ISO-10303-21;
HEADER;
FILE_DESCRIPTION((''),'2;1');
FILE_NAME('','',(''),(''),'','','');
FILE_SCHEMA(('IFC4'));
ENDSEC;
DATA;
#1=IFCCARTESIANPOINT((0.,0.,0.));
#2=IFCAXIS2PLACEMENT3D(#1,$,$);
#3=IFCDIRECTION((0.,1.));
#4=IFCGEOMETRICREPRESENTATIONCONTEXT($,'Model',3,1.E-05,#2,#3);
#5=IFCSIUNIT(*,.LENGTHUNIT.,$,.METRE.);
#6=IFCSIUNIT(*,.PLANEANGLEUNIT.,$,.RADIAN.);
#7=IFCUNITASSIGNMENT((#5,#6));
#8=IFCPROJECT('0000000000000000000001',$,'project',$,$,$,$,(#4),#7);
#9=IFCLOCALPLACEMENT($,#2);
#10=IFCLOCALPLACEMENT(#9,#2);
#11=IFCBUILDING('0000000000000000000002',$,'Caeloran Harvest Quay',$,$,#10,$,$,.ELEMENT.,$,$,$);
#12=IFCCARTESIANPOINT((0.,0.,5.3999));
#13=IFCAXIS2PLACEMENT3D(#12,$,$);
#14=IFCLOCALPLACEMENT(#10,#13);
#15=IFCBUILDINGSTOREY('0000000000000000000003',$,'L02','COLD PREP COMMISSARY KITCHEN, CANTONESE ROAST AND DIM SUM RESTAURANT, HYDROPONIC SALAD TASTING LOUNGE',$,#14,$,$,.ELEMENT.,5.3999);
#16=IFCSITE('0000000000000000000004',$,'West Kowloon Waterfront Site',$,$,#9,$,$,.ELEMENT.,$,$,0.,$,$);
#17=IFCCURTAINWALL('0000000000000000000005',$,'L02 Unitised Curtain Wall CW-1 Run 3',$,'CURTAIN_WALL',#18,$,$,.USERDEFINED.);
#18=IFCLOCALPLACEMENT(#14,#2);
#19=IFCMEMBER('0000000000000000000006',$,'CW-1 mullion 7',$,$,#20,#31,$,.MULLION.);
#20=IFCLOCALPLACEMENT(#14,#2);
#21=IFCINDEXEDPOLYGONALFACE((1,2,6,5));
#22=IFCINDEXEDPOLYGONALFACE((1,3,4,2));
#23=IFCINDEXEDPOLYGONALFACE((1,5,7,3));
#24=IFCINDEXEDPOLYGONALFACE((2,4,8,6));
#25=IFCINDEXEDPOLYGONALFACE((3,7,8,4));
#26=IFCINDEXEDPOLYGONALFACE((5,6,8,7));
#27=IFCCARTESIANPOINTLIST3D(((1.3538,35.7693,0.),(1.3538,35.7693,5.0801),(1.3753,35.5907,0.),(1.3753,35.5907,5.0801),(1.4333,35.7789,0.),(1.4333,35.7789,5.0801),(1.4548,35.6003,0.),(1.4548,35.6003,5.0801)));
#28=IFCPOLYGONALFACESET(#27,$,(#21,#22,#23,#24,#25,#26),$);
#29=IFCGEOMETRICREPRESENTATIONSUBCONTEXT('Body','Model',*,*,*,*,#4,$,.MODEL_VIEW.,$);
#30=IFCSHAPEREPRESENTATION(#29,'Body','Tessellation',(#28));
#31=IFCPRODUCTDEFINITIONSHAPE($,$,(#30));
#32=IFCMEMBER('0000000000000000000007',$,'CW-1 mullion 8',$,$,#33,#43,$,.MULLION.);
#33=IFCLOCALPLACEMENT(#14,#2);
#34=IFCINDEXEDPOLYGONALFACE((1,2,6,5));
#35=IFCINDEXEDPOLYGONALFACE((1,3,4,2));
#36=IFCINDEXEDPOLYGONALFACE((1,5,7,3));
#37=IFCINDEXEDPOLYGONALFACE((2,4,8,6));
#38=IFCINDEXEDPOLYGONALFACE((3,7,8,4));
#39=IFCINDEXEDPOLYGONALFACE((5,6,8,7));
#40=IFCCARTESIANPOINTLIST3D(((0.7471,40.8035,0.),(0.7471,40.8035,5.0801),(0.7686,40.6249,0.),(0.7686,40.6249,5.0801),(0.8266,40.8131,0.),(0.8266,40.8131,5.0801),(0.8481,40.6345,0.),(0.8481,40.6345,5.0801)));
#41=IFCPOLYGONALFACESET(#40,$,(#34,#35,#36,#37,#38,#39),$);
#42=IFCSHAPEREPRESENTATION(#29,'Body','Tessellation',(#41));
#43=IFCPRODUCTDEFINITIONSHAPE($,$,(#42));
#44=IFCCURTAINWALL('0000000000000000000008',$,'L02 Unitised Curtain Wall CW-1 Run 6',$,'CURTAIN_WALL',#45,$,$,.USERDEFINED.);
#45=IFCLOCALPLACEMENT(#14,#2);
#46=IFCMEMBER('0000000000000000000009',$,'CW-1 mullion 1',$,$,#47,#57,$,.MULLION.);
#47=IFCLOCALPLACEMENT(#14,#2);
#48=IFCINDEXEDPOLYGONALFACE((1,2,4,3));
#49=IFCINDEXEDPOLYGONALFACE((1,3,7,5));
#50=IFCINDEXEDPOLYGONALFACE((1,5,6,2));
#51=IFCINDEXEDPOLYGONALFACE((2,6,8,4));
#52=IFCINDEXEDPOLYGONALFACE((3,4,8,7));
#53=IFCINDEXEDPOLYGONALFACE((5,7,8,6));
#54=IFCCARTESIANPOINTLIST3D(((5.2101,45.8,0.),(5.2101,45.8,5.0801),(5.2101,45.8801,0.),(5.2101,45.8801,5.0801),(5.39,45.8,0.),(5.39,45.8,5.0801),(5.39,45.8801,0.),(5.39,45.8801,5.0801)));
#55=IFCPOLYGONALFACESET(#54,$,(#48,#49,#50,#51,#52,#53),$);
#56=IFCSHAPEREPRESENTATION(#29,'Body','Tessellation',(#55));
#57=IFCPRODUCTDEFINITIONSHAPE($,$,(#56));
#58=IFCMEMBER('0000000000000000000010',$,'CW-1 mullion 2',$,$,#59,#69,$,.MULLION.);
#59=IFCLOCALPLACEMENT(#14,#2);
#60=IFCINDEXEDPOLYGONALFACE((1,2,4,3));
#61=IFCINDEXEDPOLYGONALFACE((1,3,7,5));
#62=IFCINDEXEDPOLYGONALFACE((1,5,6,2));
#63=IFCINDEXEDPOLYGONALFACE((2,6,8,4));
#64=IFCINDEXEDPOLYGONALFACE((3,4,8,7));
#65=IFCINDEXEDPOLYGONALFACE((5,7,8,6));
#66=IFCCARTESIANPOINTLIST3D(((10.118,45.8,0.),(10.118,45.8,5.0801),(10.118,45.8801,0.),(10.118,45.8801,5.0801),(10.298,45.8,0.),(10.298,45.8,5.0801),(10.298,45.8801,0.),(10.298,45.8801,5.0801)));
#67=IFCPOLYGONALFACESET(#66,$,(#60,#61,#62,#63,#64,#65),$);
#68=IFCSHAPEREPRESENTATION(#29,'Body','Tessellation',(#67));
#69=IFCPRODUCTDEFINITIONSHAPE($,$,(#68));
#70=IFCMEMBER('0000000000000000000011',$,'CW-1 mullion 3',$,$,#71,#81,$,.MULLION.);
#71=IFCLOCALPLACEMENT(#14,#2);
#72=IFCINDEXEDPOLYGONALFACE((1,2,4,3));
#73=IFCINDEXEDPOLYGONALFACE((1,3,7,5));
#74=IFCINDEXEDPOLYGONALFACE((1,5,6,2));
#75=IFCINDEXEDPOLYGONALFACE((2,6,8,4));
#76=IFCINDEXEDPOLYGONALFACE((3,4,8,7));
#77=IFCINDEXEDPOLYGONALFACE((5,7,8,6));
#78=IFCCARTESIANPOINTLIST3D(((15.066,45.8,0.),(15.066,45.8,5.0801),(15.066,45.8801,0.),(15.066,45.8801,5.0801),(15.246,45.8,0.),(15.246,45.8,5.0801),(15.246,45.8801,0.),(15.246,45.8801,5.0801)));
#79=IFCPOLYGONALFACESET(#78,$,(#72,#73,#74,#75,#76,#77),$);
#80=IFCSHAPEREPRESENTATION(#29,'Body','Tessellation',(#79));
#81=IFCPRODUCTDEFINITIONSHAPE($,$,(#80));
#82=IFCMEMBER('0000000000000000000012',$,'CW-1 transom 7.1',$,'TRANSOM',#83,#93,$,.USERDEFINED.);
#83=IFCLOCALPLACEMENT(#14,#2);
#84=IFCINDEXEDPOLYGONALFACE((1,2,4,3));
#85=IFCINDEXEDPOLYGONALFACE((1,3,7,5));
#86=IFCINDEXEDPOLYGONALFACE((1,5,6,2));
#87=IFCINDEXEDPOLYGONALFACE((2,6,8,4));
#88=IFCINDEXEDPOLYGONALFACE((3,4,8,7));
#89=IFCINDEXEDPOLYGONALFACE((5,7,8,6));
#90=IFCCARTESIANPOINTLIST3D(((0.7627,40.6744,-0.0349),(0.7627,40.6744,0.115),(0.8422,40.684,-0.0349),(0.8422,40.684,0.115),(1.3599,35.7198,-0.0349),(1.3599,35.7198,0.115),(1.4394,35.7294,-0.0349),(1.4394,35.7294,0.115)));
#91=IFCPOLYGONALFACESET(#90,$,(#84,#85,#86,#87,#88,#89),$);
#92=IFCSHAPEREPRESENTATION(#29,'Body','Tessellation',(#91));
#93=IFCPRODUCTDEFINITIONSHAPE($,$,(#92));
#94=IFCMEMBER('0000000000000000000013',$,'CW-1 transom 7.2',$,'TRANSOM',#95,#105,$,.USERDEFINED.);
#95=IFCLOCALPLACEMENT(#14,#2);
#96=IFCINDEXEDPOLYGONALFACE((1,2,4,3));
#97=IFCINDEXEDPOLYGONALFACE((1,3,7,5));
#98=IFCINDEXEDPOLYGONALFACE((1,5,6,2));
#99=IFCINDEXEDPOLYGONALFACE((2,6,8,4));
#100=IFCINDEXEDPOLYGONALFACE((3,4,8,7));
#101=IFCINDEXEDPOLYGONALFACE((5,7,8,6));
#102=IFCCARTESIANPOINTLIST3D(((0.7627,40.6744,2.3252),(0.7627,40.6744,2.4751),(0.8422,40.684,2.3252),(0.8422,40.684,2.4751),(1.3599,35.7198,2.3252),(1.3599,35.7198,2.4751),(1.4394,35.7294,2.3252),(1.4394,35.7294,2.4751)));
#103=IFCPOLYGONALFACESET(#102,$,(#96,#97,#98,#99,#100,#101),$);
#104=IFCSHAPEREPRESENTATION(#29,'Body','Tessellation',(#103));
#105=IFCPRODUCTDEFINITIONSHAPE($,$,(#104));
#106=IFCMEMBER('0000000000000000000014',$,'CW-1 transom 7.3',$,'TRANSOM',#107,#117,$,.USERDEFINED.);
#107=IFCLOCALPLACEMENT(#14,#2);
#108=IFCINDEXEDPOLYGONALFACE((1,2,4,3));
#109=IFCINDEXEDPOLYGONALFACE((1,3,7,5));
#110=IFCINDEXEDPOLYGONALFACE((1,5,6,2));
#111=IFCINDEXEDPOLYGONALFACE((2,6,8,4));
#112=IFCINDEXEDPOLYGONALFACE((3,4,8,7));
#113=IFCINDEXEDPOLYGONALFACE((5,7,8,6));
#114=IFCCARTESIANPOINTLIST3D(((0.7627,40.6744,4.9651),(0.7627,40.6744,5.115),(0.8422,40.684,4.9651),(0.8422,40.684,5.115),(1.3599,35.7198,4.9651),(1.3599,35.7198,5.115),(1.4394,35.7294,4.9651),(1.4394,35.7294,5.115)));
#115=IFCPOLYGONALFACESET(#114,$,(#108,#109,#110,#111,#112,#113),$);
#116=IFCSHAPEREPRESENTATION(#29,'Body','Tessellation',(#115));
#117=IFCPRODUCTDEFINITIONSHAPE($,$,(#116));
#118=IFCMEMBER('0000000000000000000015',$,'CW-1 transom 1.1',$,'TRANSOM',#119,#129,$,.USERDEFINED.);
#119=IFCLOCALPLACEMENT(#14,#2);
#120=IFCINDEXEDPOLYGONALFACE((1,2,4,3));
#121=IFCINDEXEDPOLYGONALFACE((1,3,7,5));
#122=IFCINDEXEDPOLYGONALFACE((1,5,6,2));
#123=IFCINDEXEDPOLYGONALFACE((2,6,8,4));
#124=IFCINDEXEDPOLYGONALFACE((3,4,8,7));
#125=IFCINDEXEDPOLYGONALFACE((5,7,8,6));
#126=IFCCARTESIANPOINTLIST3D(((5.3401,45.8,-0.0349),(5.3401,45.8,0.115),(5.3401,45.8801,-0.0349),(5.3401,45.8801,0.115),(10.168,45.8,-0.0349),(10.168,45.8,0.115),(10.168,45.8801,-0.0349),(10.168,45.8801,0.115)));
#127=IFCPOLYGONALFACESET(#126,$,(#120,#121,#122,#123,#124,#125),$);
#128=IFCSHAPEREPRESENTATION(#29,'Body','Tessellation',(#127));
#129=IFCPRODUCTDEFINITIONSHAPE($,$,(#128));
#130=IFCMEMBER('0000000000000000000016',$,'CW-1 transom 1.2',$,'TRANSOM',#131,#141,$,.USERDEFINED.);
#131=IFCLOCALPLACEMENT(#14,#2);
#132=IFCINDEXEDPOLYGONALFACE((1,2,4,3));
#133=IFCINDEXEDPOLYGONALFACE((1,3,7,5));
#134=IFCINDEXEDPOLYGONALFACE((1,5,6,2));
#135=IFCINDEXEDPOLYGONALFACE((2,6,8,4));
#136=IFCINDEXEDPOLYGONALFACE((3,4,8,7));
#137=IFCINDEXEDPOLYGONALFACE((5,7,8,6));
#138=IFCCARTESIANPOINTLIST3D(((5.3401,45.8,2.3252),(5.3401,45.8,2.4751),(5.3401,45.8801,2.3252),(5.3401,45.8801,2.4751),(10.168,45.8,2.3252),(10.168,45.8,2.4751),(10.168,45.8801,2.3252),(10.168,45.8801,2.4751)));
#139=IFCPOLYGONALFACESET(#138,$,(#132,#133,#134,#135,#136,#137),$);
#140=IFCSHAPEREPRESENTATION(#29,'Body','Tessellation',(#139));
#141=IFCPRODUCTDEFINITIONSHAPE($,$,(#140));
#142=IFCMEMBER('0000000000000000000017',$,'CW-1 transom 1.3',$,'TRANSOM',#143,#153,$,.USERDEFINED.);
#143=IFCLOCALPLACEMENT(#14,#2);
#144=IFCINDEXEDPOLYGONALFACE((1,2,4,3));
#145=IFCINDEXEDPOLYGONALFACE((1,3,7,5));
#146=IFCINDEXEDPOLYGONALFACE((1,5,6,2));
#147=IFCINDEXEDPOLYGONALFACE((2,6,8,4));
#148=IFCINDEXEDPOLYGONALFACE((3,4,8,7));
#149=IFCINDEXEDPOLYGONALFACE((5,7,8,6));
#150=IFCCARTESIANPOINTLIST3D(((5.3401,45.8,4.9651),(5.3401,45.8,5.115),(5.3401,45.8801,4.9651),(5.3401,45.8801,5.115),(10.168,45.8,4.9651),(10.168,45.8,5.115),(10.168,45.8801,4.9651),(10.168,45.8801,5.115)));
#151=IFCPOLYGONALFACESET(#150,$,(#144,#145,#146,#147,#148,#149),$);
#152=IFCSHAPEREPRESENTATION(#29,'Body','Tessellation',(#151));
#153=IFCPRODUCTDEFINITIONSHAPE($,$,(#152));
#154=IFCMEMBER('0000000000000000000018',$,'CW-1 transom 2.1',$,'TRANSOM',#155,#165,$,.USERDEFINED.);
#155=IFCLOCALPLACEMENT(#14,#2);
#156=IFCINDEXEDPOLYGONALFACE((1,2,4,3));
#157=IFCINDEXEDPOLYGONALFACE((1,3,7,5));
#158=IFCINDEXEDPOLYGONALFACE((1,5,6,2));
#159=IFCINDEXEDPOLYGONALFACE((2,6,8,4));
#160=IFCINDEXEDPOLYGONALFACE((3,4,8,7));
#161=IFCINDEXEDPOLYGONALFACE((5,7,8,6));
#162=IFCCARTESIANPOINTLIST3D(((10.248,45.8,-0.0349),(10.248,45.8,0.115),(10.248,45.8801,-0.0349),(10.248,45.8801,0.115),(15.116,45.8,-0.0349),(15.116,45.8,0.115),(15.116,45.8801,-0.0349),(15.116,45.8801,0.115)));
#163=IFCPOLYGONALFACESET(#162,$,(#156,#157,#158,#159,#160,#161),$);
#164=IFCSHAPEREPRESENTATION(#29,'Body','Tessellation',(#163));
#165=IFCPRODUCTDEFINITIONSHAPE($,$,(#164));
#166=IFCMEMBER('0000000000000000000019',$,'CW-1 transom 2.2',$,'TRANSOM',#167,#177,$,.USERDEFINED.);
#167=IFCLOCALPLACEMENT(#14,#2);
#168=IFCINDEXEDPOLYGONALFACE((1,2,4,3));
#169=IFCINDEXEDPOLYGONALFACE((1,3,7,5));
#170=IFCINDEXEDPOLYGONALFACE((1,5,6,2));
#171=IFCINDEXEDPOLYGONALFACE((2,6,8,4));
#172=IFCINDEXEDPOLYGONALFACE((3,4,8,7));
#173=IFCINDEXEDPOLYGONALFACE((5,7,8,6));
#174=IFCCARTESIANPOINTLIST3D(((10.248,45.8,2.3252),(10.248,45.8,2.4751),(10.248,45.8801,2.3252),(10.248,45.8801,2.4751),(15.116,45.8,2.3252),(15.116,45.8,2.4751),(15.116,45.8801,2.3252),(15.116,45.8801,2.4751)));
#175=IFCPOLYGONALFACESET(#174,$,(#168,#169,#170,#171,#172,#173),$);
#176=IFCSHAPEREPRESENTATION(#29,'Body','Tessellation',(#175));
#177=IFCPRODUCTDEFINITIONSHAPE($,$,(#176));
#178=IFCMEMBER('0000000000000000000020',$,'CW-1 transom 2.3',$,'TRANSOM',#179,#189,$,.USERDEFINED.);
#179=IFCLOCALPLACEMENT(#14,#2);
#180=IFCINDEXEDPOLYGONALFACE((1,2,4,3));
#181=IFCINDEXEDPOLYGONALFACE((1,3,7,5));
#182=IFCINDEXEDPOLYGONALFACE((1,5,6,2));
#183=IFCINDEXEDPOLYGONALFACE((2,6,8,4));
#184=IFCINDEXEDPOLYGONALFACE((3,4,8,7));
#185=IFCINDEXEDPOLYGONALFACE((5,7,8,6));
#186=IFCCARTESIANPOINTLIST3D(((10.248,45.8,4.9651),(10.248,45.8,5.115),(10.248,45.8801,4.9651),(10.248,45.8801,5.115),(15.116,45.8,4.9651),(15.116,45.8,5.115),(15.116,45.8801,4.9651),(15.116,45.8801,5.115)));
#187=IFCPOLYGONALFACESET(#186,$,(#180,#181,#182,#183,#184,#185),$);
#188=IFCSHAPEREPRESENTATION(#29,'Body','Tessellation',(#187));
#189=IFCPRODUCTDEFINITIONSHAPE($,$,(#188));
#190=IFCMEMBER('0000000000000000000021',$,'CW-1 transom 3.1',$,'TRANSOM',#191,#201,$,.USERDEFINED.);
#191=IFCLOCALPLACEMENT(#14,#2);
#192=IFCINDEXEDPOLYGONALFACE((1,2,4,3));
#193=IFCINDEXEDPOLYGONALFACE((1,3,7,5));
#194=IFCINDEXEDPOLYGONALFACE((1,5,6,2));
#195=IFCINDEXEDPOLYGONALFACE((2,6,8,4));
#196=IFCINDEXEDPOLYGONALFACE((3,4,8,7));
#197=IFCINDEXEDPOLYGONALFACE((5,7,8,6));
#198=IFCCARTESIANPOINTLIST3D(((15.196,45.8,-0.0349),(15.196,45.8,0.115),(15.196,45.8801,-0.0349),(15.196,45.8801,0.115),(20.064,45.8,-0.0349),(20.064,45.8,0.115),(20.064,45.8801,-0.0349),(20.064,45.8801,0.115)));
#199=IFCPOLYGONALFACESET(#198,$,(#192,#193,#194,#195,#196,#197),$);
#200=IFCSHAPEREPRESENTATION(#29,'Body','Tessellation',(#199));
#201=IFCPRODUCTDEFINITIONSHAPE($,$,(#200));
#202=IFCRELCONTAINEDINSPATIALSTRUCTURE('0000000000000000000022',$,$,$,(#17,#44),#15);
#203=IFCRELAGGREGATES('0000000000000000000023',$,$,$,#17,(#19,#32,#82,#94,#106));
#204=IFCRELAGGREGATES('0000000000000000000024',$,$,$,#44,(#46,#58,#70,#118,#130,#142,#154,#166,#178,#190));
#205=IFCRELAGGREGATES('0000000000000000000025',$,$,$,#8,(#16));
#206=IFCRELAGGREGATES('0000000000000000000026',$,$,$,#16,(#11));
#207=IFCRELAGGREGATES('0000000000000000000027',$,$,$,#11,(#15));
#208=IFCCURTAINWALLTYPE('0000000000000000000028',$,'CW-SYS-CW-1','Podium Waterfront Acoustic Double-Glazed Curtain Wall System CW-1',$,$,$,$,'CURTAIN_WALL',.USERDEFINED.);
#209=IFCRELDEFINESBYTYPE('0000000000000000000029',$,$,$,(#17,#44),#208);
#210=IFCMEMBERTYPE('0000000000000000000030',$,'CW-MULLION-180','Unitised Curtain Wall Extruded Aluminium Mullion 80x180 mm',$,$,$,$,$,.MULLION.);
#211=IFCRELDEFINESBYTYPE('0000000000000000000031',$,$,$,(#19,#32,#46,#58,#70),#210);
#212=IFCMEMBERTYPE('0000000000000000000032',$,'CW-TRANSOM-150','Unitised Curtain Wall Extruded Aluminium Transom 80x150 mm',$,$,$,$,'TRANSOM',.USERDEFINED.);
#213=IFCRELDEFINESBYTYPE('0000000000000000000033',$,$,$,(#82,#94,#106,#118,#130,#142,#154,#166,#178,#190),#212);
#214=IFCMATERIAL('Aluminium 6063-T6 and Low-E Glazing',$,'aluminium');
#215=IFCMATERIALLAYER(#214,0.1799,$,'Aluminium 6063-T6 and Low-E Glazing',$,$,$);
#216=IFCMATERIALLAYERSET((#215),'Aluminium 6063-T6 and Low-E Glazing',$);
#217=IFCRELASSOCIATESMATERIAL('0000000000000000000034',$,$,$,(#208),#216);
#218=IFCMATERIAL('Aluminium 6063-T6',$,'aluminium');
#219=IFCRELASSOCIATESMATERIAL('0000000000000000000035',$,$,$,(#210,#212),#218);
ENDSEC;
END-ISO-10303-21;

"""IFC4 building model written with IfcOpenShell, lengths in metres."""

from ifc_helpers import new_model, si_unit, direction, frame, origin, origin_2d, place, context, subcontext, project, spatial, rectangle, extrude, material, layer, layer_set, material_profile, profile_set, type_object, element, aggregate, save


model = new_model("IFC4")

# Units and contexts
model_context = context("Model", 3, precision=1e-05, world=origin(), true_north=direction((0.0, 1.0)))
body_context = subcontext(model_context, "Body", "Model", "MODEL_VIEW")
ifc_project = project(units=[si_unit("LENGTHUNIT", "METRE"), si_unit("PLANEANGLEUNIT", "RADIAN")], contexts=[model_context])

# Site, building, storey
site_placement = place(None, origin())
site = spatial("IfcSite", under=ifc_project, at=site_placement, Name="West Kowloon Waterfront Site", CompositionType="ELEMENT", RefElevation=0.0)
building_placement = place(site_placement, origin())
building = spatial("IfcBuilding", under=site, at=building_placement, Name="Caeloran Harvest Quay", CompositionType="ELEMENT")
storey_placement = place(building_placement, frame((0.0, 0.0, 5.3999)))
storey = spatial("IfcBuildingStorey", under=building, at=storey_placement, Name="L02", Description="COLD PREP COMMISSARY KITCHEN, CANTONESE ROAST AND DIM SUM RESTAURANT, HYDROPONIC SALAD TASTING LOUNGE", CompositionType="ELEMENT", Elevation=5.3999)

# Curtain walls, members
ifc_material_1 = material(Name="Aluminium 6063-T6 and Low-E Glazing", Category="aluminium")
ifc_layer_1 = layer(ifc_material_1, 0.1799, Name="Aluminium 6063-T6 and Low-E Glazing")
ifc_layer_set_1 = layer_set([ifc_layer_1], Name="Aluminium 6063-T6 and Low-E Glazing")
curtain_wall_type = type_object("IfcCurtainWallType", Name="CW-SYS-CW-1", Description="Podium Waterfront Acoustic Double-Glazed Curtain Wall System CW-1", ElementType="CURTAIN_WALL", PredefinedType="USERDEFINED", material=ifc_layer_set_1)
curtain_wall_1_placement = place(storey_placement, origin())
curtain_wall_1 = element("IfcCurtainWall", 1, at=curtain_wall_1_placement, inside=storey, type_object=curtain_wall_type, Name="L02 Unitised Curtain Wall CW-1 Run 3", ObjectType="CURTAIN_WALL", PredefinedType="USERDEFINED")
ifc_material_2 = material(Name="Aluminium 6063-T6", Category="aluminium")
ifc_material_profile_1 = material_profile(ifc_material_2, rectangle(XDim=0.0801, YDim=0.1799, at=origin_2d()), Name="CW-MULLION-180")
ifc_profile_set_1 = profile_set([ifc_material_profile_1], Name="Aluminium 6063-T6")
member_type_1 = type_object("IfcMemberType", Name="CW-MULLION-180", Description="Unitised Curtain Wall Extruded Aluminium Mullion 80x180 mm", PredefinedType="MULLION", material=ifc_profile_set_1)
member_1_placement = place(storey_placement, frame((1.4043, 35.6848, 0.0), z_axis=(0.0, 0.0, 1.0), x_axis=(-0.992815, -0.119658, 0.0)))
member_1 = element("IfcMember", 2, at=member_1_placement, type_object=member_type_1, Name="CW-1 mullion 7", PredefinedType="MULLION", context=body_context, shape_type="SweptSolid", body=[
    extrude(rectangle(XDim=0.0801, YDim=0.1799, at=origin_2d()), origin(), (0.0, 0.0, 1.0), 5.0801),
])
member_2_placement = place(storey_placement, frame((0.7976, 40.719, 0.0), z_axis=(0.0, 0.0, 1.0), x_axis=(-0.992815, -0.119658, 0.0)))
member_2 = element("IfcMember", 3, at=member_2_placement, type_object=member_type_1, Name="CW-1 mullion 8", PredefinedType="MULLION", context=body_context, shape_type="SweptSolid", body=[
    extrude(rectangle(XDim=0.0801, YDim=0.1799, at=origin_2d()), origin(), (0.0, 0.0, 1.0), 5.0801),
])
curtain_wall_2_placement = place(storey_placement, origin())
curtain_wall_2 = element("IfcCurtainWall", 4, at=curtain_wall_2_placement, inside=storey, type_object=curtain_wall_type, Name="L02 Unitised Curtain Wall CW-1 Run 6", ObjectType="CURTAIN_WALL", PredefinedType="USERDEFINED")
member_3_placement = place(storey_placement, frame((5.3, 45.8401, 0.0), z_axis=(0.0, 0.0, 1.0), x_axis=(0.0, 1.0, 0.0)))
member_3 = element("IfcMember", 5, at=member_3_placement, type_object=member_type_1, Name="CW-1 mullion 1", PredefinedType="MULLION", context=body_context, shape_type="SweptSolid", body=[
    extrude(rectangle(XDim=0.0801, YDim=0.1799, at=origin_2d()), origin(), (0.0, 0.0, 1.0), 5.0801),
])
member_4_placement = place(storey_placement, frame((10.208, 45.8401, 0.0), z_axis=(0.0, 0.0, 1.0), x_axis=(0.0, 1.0, 0.0)))
member_4 = element("IfcMember", 6, at=member_4_placement, type_object=member_type_1, Name="CW-1 mullion 2", PredefinedType="MULLION", context=body_context, shape_type="SweptSolid", body=[
    extrude(rectangle(XDim=0.0801, YDim=0.1799, at=origin_2d()), origin(), (0.0, 0.0, 1.0), 5.0801),
])
member_5_placement = place(storey_placement, frame((15.156, 45.8401, 0.0), z_axis=(0.0, 0.0, 1.0), x_axis=(0.0, 1.0, 0.0)))
member_5 = element("IfcMember", 7, at=member_5_placement, type_object=member_type_1, Name="CW-1 mullion 3", PredefinedType="MULLION", context=body_context, shape_type="SweptSolid", body=[
    extrude(rectangle(XDim=0.0801, YDim=0.1799, at=origin_2d()), origin(), (0.0, 0.0, 1.0), 5.0801),
])

# Members
ifc_material_profile_2 = material_profile(ifc_material_2, rectangle(XDim=0.0801, YDim=0.1499, at=origin_2d()), Name="CW-TRANSOM-150")
ifc_profile_set_2 = profile_set([ifc_material_profile_2], Name="Aluminium 6063-T6")
member_type_2 = type_object("IfcMemberType", Name="CW-TRANSOM-150", Description="Unitised Curtain Wall Extruded Aluminium Transom 80x150 mm", ElementType="TRANSOM", PredefinedType="USERDEFINED", material=ifc_profile_set_2)
member_6_placement = place(storey_placement, frame((1.3997, 35.7246, 0.04), z_axis=(-0.119662, 0.992815, 0.0), x_axis=(-0.992815, -0.119662, 0.0)))
member_6 = element("IfcMember", 8, at=member_6_placement, type_object=member_type_2, Name="CW-1 transom 7.1", ObjectType="TRANSOM", PredefinedType="USERDEFINED", context=body_context, shape_type="SweptSolid", body=[
    extrude(rectangle(XDim=0.0801, YDim=0.1499, at=origin_2d()), origin(), (0.0, 0.0, 1.0), 4.9905),
])
member_7_placement = place(storey_placement, frame((1.3997, 35.7246, 2.4001), z_axis=(-0.119662, 0.992815, 0.0), x_axis=(-0.992815, -0.119662, 0.0)))
member_7 = element("IfcMember", 9, at=member_7_placement, type_object=member_type_2, Name="CW-1 transom 7.2", ObjectType="TRANSOM", PredefinedType="USERDEFINED", context=body_context, shape_type="SweptSolid", body=[
    extrude(rectangle(XDim=0.0801, YDim=0.1499, at=origin_2d()), origin(), (0.0, 0.0, 1.0), 4.9905),
])
member_8_placement = place(storey_placement, frame((1.3997, 35.7246, 5.04), z_axis=(-0.119662, 0.992815, 0.0), x_axis=(-0.992815, -0.119662, 0.0)))
member_8 = element("IfcMember", 10, at=member_8_placement, type_object=member_type_2, Name="CW-1 transom 7.3", ObjectType="TRANSOM", PredefinedType="USERDEFINED", context=body_context, shape_type="SweptSolid", body=[
    extrude(rectangle(XDim=0.0801, YDim=0.1499, at=origin_2d()), origin(), (0.0, 0.0, 1.0), 4.9905),
])
member_9_placement = place(storey_placement, frame((5.3401, 45.8401, 0.04), z_axis=(1.0, 0.0, 0.0), x_axis=(0.0, 1.0, 0.0)))
member_9 = element("IfcMember", 11, at=member_9_placement, type_object=member_type_2, Name="CW-1 transom 1.1", ObjectType="TRANSOM", PredefinedType="USERDEFINED", context=body_context, shape_type="SweptSolid", body=[
    extrude(rectangle(XDim=0.0801, YDim=0.1499, at=origin_2d()), origin(), (0.0, 0.0, 1.0), 4.8279),
])
member_10_placement = place(storey_placement, frame((5.3401, 45.8401, 2.4001), z_axis=(1.0, 0.0, 0.0), x_axis=(0.0, 1.0, 0.0)))
member_10 = element("IfcMember", 12, at=member_10_placement, type_object=member_type_2, Name="CW-1 transom 1.2", ObjectType="TRANSOM", PredefinedType="USERDEFINED", context=body_context, shape_type="SweptSolid", body=[
    extrude(rectangle(XDim=0.0801, YDim=0.1499, at=origin_2d()), origin(), (0.0, 0.0, 1.0), 4.8279),
])
member_11_placement = place(storey_placement, frame((5.3401, 45.8401, 5.04), z_axis=(1.0, 0.0, 0.0), x_axis=(0.0, 1.0, 0.0)))
member_11 = element("IfcMember", 13, at=member_11_placement, type_object=member_type_2, Name="CW-1 transom 1.3", ObjectType="TRANSOM", PredefinedType="USERDEFINED", context=body_context, shape_type="SweptSolid", body=[
    extrude(rectangle(XDim=0.0801, YDim=0.1499, at=origin_2d()), origin(), (0.0, 0.0, 1.0), 4.8279),
])
member_12_placement = place(storey_placement, frame((10.248, 45.8401, 0.04), z_axis=(1.0, 0.0, 0.0), x_axis=(0.0, 1.0, 0.0)))
member_12 = element("IfcMember", 14, at=member_12_placement, type_object=member_type_2, Name="CW-1 transom 2.1", ObjectType="TRANSOM", PredefinedType="USERDEFINED", context=body_context, shape_type="SweptSolid", body=[
    extrude(rectangle(XDim=0.0801, YDim=0.1499, at=origin_2d()), origin(), (0.0, 0.0, 1.0), 4.8679),
])
member_13_placement = place(storey_placement, frame((10.248, 45.8401, 2.4001), z_axis=(1.0, 0.0, 0.0), x_axis=(0.0, 1.0, 0.0)))
member_13 = element("IfcMember", 15, at=member_13_placement, type_object=member_type_2, Name="CW-1 transom 2.2", ObjectType="TRANSOM", PredefinedType="USERDEFINED", context=body_context, shape_type="SweptSolid", body=[
    extrude(rectangle(XDim=0.0801, YDim=0.1499, at=origin_2d()), origin(), (0.0, 0.0, 1.0), 4.8679),
])
member_14_placement = place(storey_placement, frame((10.248, 45.8401, 5.04), z_axis=(1.0, 0.0, 0.0), x_axis=(0.0, 1.0, 0.0)))
member_14 = element("IfcMember", 16, at=member_14_placement, type_object=member_type_2, Name="CW-1 transom 2.3", ObjectType="TRANSOM", PredefinedType="USERDEFINED", context=body_context, shape_type="SweptSolid", body=[
    extrude(rectangle(XDim=0.0801, YDim=0.1499, at=origin_2d()), origin(), (0.0, 0.0, 1.0), 4.8679),
])
member_15_placement = place(storey_placement, frame((15.196, 45.8401, 0.04), z_axis=(1.0, 0.0, 0.0), x_axis=(0.0, 1.0, 0.0)))
member_15 = element("IfcMember", 17, at=member_15_placement, type_object=member_type_2, Name="CW-1 transom 3.1", ObjectType="TRANSOM", PredefinedType="USERDEFINED", context=body_context, shape_type="SweptSolid", body=[
    extrude(rectangle(XDim=0.0801, YDim=0.1499, at=origin_2d()), origin(), (0.0, 0.0, 1.0), 4.8679),
])

aggregate(curtain_wall_1, [member_1, member_2, member_6, member_7, member_8])
aggregate(curtain_wall_2, [member_3, member_4, member_5, member_9, member_10, member_11, member_12, member_13, member_14, member_15])

save(model, "model.ifc")
